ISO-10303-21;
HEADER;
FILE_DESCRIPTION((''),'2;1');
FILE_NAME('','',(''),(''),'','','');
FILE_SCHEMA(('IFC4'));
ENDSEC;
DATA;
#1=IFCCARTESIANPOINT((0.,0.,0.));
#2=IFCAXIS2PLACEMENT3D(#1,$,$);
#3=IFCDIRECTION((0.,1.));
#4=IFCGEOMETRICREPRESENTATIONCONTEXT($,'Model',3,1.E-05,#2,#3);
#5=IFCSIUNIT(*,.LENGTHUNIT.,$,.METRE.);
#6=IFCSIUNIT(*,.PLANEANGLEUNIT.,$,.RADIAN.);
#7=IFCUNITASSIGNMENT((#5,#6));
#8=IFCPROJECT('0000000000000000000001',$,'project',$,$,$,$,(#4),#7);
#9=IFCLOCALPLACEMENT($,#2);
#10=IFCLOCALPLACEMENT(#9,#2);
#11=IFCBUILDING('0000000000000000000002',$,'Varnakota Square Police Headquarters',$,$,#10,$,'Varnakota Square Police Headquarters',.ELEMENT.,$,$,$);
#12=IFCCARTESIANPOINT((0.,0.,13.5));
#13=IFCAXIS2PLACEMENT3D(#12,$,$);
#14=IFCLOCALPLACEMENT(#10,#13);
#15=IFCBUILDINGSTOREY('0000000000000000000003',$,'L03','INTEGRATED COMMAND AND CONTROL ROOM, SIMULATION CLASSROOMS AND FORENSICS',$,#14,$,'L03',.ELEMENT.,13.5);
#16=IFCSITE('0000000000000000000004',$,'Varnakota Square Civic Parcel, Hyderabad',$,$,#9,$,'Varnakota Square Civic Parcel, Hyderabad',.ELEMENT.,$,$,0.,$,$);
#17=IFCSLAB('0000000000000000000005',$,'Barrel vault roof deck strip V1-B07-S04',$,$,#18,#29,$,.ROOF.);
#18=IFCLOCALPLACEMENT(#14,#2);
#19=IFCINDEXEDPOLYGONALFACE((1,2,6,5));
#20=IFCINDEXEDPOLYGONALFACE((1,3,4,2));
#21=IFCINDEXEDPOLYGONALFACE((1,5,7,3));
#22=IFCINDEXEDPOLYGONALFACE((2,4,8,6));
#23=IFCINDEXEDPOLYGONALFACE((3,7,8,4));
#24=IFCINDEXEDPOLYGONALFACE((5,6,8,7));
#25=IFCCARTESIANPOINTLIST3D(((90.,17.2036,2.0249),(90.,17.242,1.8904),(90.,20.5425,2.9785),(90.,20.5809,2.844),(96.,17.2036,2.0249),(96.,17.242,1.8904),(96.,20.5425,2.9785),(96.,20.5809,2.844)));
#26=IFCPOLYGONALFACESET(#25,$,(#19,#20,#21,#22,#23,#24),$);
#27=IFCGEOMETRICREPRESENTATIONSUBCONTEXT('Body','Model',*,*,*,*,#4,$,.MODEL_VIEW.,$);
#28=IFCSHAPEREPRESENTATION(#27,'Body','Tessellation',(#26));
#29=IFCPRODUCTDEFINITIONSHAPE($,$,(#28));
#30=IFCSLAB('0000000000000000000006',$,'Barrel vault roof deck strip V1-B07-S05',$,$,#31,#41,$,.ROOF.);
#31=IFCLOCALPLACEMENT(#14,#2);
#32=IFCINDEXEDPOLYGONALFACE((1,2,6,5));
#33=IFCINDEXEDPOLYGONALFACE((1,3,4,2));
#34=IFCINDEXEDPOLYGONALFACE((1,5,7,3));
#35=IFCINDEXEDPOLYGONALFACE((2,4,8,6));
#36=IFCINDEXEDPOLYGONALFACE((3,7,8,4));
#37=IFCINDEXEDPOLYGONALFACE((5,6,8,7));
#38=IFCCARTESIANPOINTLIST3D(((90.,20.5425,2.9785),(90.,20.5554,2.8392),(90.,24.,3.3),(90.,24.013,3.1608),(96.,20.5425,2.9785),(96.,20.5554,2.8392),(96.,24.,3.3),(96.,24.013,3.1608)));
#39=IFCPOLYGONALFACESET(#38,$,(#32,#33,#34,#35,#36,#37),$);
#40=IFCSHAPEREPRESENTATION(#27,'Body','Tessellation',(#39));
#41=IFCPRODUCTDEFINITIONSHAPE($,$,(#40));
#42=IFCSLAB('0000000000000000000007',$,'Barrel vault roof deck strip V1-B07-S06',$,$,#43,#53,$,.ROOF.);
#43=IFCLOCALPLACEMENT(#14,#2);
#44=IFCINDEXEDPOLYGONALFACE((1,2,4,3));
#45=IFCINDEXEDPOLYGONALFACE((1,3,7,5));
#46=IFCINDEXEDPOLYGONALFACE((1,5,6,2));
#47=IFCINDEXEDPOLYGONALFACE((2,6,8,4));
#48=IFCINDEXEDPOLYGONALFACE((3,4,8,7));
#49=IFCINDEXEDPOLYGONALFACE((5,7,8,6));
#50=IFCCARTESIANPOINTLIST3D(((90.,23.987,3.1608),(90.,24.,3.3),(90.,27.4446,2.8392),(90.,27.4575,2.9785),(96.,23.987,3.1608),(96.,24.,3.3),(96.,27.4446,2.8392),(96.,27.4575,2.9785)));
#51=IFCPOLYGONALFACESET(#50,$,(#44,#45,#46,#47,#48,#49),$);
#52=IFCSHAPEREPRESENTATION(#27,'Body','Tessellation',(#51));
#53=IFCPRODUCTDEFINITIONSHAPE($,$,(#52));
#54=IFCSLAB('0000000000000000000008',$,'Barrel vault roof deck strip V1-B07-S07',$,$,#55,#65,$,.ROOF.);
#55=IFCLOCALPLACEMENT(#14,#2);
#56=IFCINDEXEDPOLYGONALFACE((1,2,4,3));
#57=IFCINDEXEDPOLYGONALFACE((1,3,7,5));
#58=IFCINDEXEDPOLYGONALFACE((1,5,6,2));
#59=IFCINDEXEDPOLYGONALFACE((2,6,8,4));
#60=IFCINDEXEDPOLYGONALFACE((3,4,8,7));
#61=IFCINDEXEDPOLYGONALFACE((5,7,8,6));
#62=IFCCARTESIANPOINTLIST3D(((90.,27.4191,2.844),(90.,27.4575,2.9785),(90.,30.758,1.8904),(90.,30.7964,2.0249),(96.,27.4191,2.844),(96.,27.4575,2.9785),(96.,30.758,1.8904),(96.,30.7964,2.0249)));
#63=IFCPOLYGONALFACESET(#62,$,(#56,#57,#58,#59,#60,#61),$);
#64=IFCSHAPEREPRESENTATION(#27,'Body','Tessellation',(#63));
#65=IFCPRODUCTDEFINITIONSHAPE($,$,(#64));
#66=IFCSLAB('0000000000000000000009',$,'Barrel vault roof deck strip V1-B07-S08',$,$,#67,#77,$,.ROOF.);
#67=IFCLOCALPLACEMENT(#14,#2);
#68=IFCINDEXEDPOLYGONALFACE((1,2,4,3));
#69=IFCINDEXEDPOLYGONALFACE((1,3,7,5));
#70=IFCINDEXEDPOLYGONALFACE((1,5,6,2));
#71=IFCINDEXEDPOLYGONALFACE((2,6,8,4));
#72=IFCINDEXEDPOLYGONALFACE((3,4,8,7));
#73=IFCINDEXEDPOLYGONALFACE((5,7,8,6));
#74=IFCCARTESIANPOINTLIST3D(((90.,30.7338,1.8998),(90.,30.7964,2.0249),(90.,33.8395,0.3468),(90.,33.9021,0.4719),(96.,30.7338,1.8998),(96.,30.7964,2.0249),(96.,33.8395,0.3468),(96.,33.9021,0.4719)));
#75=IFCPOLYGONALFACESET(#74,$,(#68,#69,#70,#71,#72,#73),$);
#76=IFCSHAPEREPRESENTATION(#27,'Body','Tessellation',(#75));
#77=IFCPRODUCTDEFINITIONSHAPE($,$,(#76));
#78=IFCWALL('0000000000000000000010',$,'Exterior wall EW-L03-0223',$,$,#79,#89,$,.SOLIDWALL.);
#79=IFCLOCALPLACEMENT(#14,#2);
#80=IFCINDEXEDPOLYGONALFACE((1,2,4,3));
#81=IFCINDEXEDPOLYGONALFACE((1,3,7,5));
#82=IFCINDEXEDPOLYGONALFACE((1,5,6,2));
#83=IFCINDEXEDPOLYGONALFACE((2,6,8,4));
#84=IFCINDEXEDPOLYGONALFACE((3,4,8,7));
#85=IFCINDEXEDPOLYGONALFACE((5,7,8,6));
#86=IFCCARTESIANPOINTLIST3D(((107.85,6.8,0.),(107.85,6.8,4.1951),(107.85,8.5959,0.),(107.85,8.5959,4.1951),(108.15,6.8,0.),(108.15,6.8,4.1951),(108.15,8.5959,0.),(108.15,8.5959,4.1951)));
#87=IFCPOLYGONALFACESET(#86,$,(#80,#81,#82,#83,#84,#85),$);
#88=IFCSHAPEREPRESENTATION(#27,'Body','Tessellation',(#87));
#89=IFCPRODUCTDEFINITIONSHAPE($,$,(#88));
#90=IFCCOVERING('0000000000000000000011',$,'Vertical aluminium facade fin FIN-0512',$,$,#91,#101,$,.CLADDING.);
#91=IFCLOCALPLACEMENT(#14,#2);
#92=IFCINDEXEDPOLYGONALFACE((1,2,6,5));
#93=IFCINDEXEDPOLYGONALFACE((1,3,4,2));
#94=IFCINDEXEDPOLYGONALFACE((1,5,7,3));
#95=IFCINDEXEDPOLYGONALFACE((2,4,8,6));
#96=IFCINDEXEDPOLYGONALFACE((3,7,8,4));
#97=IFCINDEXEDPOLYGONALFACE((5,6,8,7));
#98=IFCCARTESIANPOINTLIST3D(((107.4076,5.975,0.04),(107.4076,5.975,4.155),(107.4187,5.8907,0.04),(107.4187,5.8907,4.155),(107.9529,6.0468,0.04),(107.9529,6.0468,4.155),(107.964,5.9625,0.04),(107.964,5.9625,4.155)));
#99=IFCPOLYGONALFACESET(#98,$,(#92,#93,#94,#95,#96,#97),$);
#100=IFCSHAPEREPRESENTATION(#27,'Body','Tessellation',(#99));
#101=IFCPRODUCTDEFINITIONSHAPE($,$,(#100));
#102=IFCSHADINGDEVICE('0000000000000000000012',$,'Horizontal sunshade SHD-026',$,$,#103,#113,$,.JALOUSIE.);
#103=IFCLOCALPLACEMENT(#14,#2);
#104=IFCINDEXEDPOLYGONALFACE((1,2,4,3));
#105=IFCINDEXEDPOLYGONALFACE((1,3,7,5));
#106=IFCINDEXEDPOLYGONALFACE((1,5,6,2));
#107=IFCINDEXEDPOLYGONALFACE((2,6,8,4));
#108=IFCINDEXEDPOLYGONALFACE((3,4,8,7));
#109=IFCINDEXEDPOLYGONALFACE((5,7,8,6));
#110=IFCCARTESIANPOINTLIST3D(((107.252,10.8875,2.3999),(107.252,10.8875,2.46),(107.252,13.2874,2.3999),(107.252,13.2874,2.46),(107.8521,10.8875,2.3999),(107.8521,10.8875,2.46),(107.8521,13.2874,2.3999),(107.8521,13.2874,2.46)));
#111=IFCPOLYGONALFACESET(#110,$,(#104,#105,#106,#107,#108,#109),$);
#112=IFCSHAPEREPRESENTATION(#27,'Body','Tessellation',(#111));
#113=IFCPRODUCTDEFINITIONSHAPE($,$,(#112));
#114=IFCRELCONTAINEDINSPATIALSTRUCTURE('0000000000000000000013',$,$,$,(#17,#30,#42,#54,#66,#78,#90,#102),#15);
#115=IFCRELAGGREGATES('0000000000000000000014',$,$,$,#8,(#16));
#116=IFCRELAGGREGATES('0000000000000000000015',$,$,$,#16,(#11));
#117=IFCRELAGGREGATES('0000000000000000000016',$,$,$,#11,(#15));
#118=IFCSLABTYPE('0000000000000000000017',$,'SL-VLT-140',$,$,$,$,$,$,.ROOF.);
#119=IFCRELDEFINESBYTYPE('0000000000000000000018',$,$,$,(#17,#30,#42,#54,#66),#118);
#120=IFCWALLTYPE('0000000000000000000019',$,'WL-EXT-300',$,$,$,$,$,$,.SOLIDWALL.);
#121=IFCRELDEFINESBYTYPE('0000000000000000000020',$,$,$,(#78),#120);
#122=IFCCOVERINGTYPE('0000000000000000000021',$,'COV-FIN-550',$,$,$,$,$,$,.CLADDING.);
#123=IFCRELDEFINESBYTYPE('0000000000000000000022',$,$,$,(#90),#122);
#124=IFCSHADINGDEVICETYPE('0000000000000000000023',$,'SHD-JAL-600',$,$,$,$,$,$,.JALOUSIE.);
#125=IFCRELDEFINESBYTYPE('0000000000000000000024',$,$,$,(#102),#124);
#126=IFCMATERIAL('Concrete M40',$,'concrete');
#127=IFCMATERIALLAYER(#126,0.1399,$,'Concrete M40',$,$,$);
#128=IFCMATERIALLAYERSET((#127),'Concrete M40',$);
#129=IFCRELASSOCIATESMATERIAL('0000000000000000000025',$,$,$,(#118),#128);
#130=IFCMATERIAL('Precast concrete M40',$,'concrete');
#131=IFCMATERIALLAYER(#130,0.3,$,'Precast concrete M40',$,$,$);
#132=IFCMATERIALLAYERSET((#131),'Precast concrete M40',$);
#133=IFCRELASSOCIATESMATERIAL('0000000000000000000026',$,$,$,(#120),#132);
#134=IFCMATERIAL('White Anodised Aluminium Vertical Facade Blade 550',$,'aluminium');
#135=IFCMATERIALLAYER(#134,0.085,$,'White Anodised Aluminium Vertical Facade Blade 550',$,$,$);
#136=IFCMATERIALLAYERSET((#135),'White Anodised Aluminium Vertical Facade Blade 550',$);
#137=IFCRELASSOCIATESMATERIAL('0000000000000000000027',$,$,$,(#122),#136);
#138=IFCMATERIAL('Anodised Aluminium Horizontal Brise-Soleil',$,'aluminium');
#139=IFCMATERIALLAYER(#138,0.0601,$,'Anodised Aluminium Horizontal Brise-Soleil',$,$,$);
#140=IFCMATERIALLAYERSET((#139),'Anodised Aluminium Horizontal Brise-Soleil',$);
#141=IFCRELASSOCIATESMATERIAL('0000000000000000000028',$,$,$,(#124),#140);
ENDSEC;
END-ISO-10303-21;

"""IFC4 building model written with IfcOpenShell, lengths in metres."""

from ifc_helpers import new_model, si_unit, direction, frame, frame_2d, origin, origin_2d, place, context, subcontext, project, spatial, polyline, rectangle, outline, extrude, material, layer, layer_set, type_object, element, save


model = new_model("IFC4")

# Units and contexts
model_context = context("Model", 3, precision=1e-05, world=origin(), true_north=direction((0.0, 1.0)))
body_context = subcontext(model_context, "Body", "Model", "MODEL_VIEW")
ifc_project = project(units=[si_unit("LENGTHUNIT", "METRE"), si_unit("PLANEANGLEUNIT", "RADIAN")], contexts=[model_context])

# Site, building, storey
site_placement = place(None, origin())
site = spatial("IfcSite", under=ifc_project, at=site_placement, Name="Varnakota Square Civic Parcel, Hyderabad", LongName="Varnakota Square Civic Parcel, Hyderabad", CompositionType="ELEMENT", RefElevation=0.0)
building_placement = place(site_placement, origin())
building = spatial("IfcBuilding", under=site, at=building_placement, Name="Varnakota Square Police Headquarters", LongName="Varnakota Square Police Headquarters", CompositionType="ELEMENT")
storey_placement = place(building_placement, frame((0.0, 0.0, 13.5)))
storey = spatial("IfcBuildingStorey", under=building, at=storey_placement, Name="L03", Description="INTEGRATED COMMAND AND CONTROL ROOM, SIMULATION CLASSROOMS AND FORENSICS", LongName="L03", CompositionType="ELEMENT", Elevation=13.5)

# Slabs
ifc_material_1 = material(Name="Concrete M40", Category="concrete")
ifc_layer_1 = layer(ifc_material_1, 0.1399, Name="Concrete M40")
ifc_layer_set_1 = layer_set([ifc_layer_1], Name="Concrete M40")
slab_type = type_object("IfcSlabType", Name="SL-VLT-140", PredefinedType="ROOF", material=ifc_layer_set_1)
slab_1_placement = place(storey_placement, frame((90.0, 17.2036, 2.0249), z_axis=(0.0, -0.274628, 0.96155), x_axis=(1.0, 0.0, 0.0)))
element("IfcSlab", 1, at=slab_1_placement, inside=storey, type_object=slab_type, Name="Barrel vault roof deck strip V1-B07-S04", PredefinedType="ROOF", context=body_context, shape_type="SweptSolid", body=[
    extrude(outline(polyline([(0.0, 0.0), (6.0, 0.0), (6.0, 3.4724), (0.0, 3.4724), (0.0, 0.0)])), origin(), (0.0, 0.0, -1.0), 0.1399),
])
for number, where, z_axis, x_axis, name in (
    (2, (90.0, 20.5425, 2.9785), (0.0, -0.092596, 0.995704), (1.0, 0.0, 0.0), "Barrel vault roof deck strip V1-B07-S05"),
    (3, (90.0, 24.0, 3.3), (0.0, 0.092596, 0.995704), (1.0, 0.0, 0.0), "Barrel vault roof deck strip V1-B07-S06"),
):
    element("IfcSlab", number, at=place(storey_placement, frame(where, z_axis=z_axis, x_axis=x_axis)), inside=storey, type_object=slab_type, Name=name, PredefinedType="ROOF", context=body_context, shape_type="SweptSolid", body=[
        extrude(outline(polyline([(0.0, 0.0), (6.0, 0.0), (6.0, 3.4724), (0.0, 3.4724), (0.0, 0.0)])), origin(), (0.0, 0.0, -1.0), 0.1399),
    ])
slab_2_placement = place(storey_placement, frame((90.0, 27.4575, 2.9785), z_axis=(0.0, 0.274628, 0.96155), x_axis=(1.0, 0.0, 0.0)))
element("IfcSlab", 4, at=slab_2_placement, inside=storey, type_object=slab_type, Name="Barrel vault roof deck strip V1-B07-S07", PredefinedType="ROOF", context=body_context, shape_type="SweptSolid", body=[
    extrude(outline(polyline([(0.0, 0.0), (6.0, 0.0), (6.0, 3.4724), (0.0, 3.4724), (0.0, 0.0)])), origin(), (0.0, 0.0, -1.0), 0.1399),
])
slab_3_placement = place(storey_placement, frame((90.0, 30.7964, 2.0249), z_axis=(0.0, 0.447242, 0.894413), x_axis=(1.0, 0.0, 0.0)))
element("IfcSlab", 5, at=slab_3_placement, inside=storey, type_object=slab_type, Name="Barrel vault roof deck strip V1-B07-S08", PredefinedType="ROOF", context=body_context, shape_type="SweptSolid", body=[
    extrude(outline(polyline([(0.0, 0.0), (6.0, 0.0), (6.0, 3.4723), (0.0, 3.4723), (0.0, 0.0)])), origin(), (0.0, 0.0, -1.0), 0.1399),
])

# Wall
ifc_material_2 = material(Name="Precast concrete M40", Category="concrete")
ifc_layer_2 = layer(ifc_material_2, 0.3, Name="Precast concrete M40")
ifc_layer_set_2 = layer_set([ifc_layer_2], Name="Precast concrete M40")
wall_type = type_object("IfcWallType", Name="WL-EXT-300", PredefinedType="SOLIDWALL", material=ifc_layer_set_2)
wall_placement = place(storey_placement, frame((108.0, 6.8, 0.0), z_axis=(0.0, 0.0, 1.0), x_axis=(0.0, 1.0, 0.0)))
element("IfcWall", 6, at=wall_placement, inside=storey, type_object=wall_type, Name="Exterior wall EW-L03-0223", PredefinedType="SOLIDWALL", context=body_context, shape_type="SweptSolid", body=[
    extrude(rectangle(XDim=1.7959, YDim=0.3, at=frame_2d((0.8979, 0.0))), origin(), (0.0, 0.0, 1.0), 4.1951),
])

# Covering
ifc_material_3 = material(Name="White Anodised Aluminium Vertical Facade Blade 550", Category="aluminium")
ifc_layer_3 = layer(ifc_material_3, 0.085, Name="White Anodised Aluminium Vertical Facade Blade 550")
ifc_layer_set_3 = layer_set([ifc_layer_3], Name="White Anodised Aluminium Vertical Facade Blade 550")
covering_type = type_object("IfcCoveringType", Name="COV-FIN-550", PredefinedType="CLADDING", material=ifc_layer_set_3)
covering_placement = place(storey_placement, frame((107.6858, 5.9688, 0.04), z_axis=(0.0, 0.0, 1.0), x_axis=(0.130526, -0.991445, 0.0)))
element("IfcCovering", 7, at=covering_placement, inside=storey, type_object=covering_type, Name="Vertical aluminium facade fin FIN-0512", PredefinedType="CLADDING", context=body_context, shape_type="SweptSolid", body=[
    extrude(rectangle(XDim=0.085, YDim=0.55, at=origin_2d()), origin(), (0.0, 0.0, 1.0), 4.115),
])

# Shading device
ifc_material_4 = material(Name="Anodised Aluminium Horizontal Brise-Soleil", Category="aluminium")
ifc_layer_4 = layer(ifc_material_4, 0.0601, Name="Anodised Aluminium Horizontal Brise-Soleil")
ifc_layer_set_4 = layer_set([ifc_layer_4], Name="Anodised Aluminium Horizontal Brise-Soleil")
shading_device_type = type_object("IfcShadingDeviceType", Name="SHD-JAL-600", PredefinedType="JALOUSIE", material=ifc_layer_set_4)
shading_device_placement = place(storey_placement, frame((107.552, 12.0874, 2.3999), z_axis=(0.0, 0.0, 1.0), x_axis=(0.0, 1.0, 0.0)))
element("IfcShadingDevice", 8, at=shading_device_placement, inside=storey, type_object=shading_device_type, Name="Horizontal sunshade SHD-026", PredefinedType="JALOUSIE", context=body_context, shape_type="SweptSolid", body=[
    extrude(rectangle(XDim=2.3999, YDim=0.6001, at=origin_2d()), origin(), (0.0, 0.0, 1.0), 0.0601),
])

save(model, "model.ifc")
